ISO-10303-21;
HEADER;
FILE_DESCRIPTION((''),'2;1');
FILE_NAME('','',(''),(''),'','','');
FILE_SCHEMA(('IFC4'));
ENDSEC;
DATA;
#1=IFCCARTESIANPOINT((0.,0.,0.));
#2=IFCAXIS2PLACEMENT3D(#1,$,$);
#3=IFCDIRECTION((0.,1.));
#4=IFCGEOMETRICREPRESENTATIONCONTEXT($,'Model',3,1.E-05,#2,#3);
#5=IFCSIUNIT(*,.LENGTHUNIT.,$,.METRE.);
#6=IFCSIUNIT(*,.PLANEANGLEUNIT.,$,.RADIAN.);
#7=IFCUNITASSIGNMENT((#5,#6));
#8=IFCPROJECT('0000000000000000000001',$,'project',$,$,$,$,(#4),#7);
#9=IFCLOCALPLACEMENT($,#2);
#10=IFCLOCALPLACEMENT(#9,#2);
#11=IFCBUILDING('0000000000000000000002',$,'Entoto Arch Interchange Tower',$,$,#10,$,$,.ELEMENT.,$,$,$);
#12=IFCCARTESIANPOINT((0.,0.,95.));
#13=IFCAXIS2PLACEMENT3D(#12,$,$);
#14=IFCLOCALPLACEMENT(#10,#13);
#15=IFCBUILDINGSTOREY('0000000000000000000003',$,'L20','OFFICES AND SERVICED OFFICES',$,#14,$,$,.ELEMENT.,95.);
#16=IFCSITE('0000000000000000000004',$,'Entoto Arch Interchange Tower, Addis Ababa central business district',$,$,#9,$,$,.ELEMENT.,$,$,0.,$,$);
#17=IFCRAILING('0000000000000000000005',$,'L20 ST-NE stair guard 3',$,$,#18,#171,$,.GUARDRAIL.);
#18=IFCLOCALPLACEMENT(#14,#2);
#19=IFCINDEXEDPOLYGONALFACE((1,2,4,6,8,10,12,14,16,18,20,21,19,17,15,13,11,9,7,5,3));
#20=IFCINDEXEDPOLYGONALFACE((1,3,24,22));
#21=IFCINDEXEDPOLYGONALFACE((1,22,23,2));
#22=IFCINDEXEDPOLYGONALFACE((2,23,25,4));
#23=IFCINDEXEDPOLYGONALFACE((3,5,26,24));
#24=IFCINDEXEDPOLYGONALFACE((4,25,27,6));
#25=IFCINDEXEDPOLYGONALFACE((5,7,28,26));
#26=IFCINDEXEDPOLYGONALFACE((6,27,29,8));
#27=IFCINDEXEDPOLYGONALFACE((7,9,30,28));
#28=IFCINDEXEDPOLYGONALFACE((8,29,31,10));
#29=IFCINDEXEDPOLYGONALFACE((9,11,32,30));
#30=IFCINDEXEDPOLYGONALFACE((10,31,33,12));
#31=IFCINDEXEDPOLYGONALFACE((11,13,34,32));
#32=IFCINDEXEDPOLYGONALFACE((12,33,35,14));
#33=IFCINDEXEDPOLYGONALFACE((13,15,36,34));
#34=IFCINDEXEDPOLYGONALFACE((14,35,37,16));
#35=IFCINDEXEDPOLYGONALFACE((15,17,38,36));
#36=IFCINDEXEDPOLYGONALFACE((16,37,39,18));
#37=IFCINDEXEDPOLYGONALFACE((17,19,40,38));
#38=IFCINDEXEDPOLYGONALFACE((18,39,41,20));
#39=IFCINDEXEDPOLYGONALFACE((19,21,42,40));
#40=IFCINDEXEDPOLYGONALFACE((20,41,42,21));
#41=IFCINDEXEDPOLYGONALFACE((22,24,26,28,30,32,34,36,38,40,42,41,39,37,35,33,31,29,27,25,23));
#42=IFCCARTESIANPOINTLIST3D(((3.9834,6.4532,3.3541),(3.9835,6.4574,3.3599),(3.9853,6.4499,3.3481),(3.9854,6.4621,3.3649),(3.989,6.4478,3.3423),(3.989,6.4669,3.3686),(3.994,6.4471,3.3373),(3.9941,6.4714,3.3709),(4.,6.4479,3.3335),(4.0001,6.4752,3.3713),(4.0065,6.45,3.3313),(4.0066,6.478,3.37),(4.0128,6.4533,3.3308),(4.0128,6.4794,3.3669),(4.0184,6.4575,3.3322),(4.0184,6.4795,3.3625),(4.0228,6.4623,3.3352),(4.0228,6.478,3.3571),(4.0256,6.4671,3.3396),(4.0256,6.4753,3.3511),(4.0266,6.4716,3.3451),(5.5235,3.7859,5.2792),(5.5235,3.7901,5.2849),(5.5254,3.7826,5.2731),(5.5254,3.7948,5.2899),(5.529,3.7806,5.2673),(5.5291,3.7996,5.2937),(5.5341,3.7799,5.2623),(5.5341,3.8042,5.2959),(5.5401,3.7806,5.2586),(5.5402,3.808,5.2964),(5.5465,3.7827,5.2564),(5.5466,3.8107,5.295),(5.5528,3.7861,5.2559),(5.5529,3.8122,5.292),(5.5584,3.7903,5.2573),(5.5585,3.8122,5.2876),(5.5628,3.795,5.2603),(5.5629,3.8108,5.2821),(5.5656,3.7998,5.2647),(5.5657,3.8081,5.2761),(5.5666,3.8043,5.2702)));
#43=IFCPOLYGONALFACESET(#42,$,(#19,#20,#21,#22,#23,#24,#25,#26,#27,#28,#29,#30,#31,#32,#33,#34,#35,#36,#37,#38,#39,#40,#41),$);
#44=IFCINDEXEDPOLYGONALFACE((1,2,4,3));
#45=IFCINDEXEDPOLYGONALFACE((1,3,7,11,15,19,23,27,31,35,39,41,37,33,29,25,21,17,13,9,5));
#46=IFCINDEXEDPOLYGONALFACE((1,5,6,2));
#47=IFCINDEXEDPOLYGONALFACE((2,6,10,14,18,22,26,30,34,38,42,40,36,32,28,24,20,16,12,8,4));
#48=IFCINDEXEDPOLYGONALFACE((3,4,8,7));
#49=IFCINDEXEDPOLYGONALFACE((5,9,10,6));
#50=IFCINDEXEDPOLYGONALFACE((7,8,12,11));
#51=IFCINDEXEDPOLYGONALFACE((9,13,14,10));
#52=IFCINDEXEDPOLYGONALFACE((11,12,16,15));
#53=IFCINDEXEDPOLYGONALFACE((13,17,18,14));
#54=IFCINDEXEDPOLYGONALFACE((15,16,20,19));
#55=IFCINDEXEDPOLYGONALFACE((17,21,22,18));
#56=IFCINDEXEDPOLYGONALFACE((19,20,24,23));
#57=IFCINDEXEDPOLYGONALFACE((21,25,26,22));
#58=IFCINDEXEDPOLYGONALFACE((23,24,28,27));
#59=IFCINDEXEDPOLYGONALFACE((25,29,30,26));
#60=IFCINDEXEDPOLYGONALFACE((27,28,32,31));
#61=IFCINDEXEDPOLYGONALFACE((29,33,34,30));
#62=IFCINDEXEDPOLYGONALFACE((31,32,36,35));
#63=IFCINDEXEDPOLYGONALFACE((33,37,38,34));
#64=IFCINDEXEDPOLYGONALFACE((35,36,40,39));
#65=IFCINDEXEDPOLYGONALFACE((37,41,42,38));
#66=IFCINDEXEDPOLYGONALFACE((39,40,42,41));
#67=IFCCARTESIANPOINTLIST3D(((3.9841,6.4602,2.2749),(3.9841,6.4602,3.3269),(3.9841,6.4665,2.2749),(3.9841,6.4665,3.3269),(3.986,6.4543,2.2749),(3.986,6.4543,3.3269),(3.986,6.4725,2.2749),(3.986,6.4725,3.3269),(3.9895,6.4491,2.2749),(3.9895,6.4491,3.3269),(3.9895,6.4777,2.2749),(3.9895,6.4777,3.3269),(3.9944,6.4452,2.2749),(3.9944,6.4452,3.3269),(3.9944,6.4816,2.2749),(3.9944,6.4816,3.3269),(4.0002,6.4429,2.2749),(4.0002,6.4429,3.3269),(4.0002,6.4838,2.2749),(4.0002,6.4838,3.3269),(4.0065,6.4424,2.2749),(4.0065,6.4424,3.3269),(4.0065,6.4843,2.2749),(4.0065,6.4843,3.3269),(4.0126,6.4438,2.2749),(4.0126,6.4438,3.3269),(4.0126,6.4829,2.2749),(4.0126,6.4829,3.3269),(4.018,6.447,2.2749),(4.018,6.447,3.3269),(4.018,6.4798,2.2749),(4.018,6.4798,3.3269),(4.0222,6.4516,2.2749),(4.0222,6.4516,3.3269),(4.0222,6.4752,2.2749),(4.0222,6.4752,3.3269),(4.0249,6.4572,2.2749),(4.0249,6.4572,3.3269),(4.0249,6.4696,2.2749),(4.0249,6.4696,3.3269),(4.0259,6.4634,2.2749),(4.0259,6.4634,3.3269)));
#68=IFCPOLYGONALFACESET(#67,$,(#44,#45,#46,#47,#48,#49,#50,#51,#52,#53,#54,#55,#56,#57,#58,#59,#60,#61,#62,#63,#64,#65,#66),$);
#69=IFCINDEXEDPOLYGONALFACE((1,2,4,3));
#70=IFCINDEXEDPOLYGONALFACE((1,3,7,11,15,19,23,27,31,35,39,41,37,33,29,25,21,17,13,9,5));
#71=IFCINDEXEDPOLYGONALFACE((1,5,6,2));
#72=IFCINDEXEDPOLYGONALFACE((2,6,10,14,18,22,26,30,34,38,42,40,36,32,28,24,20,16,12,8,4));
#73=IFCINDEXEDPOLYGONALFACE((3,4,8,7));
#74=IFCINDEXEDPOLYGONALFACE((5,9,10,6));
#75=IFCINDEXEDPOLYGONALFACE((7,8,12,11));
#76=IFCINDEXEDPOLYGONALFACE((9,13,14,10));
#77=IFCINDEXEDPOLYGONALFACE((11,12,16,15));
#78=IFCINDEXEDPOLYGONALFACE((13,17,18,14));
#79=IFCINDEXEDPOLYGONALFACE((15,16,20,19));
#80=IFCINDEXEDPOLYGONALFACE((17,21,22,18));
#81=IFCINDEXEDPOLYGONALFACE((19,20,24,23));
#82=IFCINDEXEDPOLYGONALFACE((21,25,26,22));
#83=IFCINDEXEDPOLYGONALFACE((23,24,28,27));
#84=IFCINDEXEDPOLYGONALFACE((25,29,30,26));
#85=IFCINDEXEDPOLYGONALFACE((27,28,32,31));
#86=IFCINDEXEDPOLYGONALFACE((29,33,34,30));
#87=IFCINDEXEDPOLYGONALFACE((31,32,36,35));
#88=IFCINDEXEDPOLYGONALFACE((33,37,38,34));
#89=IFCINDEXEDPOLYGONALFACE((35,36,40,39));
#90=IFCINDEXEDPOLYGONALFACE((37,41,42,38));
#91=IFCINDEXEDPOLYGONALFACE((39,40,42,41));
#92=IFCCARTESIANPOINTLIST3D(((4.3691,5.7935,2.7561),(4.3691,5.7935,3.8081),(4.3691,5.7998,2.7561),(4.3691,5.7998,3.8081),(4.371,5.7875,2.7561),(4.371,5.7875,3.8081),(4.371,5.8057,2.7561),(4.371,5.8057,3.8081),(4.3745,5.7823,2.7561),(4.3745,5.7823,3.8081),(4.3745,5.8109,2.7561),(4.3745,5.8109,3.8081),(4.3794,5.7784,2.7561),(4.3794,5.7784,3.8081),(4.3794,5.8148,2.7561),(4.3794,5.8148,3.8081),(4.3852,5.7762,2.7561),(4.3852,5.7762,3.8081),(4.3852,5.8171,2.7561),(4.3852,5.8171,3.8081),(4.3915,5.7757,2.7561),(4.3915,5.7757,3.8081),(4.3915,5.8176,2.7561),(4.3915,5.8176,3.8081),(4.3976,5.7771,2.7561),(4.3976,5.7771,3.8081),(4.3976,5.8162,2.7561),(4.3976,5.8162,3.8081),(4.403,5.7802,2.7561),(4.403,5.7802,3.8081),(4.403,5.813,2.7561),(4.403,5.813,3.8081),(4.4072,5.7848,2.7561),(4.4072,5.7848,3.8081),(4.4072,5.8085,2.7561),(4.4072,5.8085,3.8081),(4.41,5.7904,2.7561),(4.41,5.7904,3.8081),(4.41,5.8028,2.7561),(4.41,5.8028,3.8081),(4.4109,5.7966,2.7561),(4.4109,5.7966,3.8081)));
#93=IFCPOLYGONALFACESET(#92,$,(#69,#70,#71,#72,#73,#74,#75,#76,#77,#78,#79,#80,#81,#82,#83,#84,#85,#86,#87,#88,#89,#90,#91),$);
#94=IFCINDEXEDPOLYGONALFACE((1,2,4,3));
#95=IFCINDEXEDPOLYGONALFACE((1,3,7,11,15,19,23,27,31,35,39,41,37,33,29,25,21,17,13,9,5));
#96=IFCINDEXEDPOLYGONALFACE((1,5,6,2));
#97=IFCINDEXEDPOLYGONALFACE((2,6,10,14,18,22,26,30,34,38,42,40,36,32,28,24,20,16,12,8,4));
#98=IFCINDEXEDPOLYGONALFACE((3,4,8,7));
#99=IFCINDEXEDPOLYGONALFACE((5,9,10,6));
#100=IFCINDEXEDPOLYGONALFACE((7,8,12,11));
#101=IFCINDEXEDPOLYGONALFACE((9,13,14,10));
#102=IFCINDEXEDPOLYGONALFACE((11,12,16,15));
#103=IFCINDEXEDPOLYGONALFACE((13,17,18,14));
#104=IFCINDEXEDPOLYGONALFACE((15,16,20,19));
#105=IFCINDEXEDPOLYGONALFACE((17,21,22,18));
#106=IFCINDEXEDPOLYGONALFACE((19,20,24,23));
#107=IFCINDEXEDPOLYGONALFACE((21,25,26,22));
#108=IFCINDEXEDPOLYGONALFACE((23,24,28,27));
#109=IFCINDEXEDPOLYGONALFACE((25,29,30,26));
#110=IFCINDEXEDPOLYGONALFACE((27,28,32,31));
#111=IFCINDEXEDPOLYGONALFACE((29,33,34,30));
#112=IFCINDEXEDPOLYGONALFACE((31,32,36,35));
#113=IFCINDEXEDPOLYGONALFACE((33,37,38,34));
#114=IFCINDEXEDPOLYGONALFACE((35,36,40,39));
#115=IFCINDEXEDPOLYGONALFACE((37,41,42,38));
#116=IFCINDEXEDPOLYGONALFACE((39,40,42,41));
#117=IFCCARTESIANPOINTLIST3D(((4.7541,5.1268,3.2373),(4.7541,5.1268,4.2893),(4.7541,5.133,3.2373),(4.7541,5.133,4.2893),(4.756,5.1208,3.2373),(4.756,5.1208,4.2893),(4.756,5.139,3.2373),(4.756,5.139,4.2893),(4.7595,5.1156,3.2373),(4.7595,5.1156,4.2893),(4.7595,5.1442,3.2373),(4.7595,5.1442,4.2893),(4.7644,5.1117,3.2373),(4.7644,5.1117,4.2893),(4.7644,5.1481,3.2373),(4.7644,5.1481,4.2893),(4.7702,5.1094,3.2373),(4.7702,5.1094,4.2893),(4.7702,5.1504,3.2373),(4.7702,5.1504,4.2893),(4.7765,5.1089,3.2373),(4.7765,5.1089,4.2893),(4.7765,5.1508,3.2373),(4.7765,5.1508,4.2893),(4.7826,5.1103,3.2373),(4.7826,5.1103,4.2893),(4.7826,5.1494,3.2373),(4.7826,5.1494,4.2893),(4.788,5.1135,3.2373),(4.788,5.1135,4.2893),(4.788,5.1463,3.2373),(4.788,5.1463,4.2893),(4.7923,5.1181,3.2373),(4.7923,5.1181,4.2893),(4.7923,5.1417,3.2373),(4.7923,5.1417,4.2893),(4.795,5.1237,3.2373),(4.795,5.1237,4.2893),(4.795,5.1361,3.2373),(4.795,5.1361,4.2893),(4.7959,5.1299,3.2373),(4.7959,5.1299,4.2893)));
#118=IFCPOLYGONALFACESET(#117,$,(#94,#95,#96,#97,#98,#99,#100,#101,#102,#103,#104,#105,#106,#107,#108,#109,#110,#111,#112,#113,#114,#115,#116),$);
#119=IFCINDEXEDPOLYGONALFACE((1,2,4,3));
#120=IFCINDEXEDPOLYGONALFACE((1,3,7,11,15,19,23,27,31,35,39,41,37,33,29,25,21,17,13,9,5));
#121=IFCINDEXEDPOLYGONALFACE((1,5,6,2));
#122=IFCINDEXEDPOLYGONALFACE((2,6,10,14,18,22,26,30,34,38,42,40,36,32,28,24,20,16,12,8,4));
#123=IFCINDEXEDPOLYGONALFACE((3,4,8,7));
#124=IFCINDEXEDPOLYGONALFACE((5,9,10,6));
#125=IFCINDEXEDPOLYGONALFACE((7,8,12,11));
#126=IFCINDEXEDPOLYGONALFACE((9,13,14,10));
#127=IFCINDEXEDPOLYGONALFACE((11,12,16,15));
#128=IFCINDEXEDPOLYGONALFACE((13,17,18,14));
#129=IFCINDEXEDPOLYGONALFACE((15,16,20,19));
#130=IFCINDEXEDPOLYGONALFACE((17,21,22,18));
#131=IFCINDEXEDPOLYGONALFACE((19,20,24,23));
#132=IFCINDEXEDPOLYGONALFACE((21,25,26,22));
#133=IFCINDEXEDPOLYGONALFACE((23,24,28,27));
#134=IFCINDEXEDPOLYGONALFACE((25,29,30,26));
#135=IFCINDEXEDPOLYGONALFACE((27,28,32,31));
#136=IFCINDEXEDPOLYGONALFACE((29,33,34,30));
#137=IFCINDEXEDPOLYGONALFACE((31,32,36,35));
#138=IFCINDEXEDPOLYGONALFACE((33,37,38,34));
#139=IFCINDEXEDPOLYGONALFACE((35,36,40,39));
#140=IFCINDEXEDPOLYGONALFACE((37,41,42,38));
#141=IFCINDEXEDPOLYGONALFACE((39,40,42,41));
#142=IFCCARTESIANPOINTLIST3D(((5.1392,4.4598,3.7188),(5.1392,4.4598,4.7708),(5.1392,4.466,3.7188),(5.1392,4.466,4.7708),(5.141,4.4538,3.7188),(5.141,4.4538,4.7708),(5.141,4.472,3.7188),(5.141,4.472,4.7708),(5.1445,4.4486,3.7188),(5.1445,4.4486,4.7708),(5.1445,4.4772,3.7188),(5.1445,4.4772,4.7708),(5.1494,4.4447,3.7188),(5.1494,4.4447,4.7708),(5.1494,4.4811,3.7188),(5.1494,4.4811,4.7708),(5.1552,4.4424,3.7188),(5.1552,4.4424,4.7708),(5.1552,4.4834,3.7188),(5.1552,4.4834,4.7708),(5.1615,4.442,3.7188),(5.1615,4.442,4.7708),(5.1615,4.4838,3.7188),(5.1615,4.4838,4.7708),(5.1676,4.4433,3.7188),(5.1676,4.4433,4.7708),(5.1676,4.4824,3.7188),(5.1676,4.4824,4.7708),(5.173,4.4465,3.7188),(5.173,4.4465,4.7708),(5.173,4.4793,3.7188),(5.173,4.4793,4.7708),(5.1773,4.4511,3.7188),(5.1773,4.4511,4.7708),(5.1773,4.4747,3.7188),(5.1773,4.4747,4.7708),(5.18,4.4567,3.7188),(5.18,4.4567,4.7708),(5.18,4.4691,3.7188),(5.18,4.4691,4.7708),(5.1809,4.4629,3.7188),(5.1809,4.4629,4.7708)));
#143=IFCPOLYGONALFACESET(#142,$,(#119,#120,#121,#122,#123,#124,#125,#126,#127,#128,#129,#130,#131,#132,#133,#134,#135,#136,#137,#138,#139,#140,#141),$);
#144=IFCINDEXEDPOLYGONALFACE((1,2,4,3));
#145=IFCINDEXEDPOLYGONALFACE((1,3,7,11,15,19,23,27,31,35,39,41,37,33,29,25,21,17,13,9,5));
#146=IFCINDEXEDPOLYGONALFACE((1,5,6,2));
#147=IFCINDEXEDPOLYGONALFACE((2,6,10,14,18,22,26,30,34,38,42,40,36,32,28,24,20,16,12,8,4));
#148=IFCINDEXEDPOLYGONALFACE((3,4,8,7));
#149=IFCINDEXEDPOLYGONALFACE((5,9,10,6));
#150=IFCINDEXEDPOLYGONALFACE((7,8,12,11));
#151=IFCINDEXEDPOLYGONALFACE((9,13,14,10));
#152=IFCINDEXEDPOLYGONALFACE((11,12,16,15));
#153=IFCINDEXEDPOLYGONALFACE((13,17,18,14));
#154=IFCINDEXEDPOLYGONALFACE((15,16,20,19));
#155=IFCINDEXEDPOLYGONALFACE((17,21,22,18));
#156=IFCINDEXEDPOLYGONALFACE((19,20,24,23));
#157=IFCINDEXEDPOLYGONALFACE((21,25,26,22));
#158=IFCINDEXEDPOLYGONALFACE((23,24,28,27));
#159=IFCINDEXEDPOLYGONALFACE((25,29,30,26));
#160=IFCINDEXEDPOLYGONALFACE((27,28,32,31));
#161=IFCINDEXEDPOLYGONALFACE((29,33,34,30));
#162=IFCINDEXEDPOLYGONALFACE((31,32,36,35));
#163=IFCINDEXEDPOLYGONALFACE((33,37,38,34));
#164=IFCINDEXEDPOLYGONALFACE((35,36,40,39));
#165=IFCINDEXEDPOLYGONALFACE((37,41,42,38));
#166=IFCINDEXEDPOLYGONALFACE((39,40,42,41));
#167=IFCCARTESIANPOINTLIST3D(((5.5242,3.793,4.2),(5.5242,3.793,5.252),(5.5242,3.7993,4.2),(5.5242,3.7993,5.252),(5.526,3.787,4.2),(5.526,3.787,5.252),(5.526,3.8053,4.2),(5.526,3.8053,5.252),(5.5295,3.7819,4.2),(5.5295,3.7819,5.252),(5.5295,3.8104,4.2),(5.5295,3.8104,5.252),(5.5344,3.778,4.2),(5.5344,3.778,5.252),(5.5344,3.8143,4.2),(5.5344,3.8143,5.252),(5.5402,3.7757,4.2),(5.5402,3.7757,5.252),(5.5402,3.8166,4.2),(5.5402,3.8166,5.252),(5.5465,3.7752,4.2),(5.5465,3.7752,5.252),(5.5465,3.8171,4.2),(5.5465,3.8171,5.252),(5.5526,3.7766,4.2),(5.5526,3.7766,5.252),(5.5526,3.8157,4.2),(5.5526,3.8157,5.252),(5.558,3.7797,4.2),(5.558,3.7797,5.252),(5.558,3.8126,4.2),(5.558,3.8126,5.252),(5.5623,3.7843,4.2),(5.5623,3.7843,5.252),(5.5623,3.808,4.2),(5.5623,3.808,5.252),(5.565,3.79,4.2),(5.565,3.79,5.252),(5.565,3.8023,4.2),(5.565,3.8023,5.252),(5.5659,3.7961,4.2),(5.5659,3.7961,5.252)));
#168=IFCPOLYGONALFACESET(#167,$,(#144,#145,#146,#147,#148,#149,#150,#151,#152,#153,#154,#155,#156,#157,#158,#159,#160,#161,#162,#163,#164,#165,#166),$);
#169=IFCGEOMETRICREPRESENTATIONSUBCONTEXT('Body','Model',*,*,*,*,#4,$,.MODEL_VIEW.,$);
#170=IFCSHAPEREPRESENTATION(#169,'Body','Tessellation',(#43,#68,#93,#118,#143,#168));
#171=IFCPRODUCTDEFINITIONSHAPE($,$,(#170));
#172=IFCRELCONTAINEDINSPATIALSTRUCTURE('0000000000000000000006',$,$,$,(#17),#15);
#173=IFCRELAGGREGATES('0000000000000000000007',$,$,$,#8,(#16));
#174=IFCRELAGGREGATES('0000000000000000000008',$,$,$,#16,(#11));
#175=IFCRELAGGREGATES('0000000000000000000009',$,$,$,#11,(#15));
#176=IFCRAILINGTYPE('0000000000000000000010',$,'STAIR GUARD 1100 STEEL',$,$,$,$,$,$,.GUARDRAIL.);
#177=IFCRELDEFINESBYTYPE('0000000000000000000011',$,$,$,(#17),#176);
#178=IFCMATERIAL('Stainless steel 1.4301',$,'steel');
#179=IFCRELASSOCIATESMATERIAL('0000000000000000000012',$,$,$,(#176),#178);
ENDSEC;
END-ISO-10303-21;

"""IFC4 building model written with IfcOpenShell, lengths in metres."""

from ifc_helpers import new_model, si_unit, direction, frame, origin, origin_2d, place, context, subcontext, project, spatial, circle, extrude, material, type_object, element, save


model = new_model("IFC4")

# Units and contexts
model_context = context("Model", 3, precision=1e-05, world=origin(), true_north=direction((0.0, 1.0)))
body_context = subcontext(model_context, "Body", "Model", "MODEL_VIEW")
ifc_project = project(units=[si_unit("LENGTHUNIT", "METRE"), si_unit("PLANEANGLEUNIT", "RADIAN")], contexts=[model_context])

# Site, building, storey
site_placement = place(None, origin())
site = spatial("IfcSite", under=ifc_project, at=site_placement, Name="Entoto Arch Interchange Tower, Addis Ababa central business district", CompositionType="ELEMENT", RefElevation=0.0)
building_placement = place(site_placement, origin())
building = spatial("IfcBuilding", under=site, at=building_placement, Name="Entoto Arch Interchange Tower", CompositionType="ELEMENT")
storey_placement = place(building_placement, frame((0.0, 0.0, 95.0)))
storey = spatial("IfcBuildingStorey", under=building, at=storey_placement, Name="L20", Description="OFFICES AND SERVICED OFFICES", CompositionType="ELEMENT", Elevation=95.0)

# Railing
ifc_material_1 = material(Name="Stainless steel 1.4301", Category="steel")
railing_type_1 = type_object("IfcRailingType", Name="STAIR GUARD 1100 STEEL", PredefinedType="GUARDRAIL", material=ifc_material_1)
railing_1_placement = place(storey_placement, frame((4.0049, 6.4634, 2.2749)))
element("IfcRailing", 1, at=railing_1_placement, inside=storey, type_object=railing_type_1, Name="L20 ST-NE stair guard 3", PredefinedType="GUARDRAIL", context=body_context, shape_type="SweptSolid", body=[
    extrude(circle(Radius=0.0239, at=origin_2d()), frame((0.0, 0.0, 1.0762), z_axis=(0.424015, -0.734364, 0.530019), x_axis=(0.86601, 0.500027, 0.0)), (0.0, 0.0, 1.0), 3.6321),
    extrude(circle(Radius=0.021, at=origin_2d()), origin(), (0.0, 0.0, 1.0), 1.052),
    extrude(circle(Radius=0.021, at=origin_2d()), frame((0.385, -0.6667, 0.4812)), (0.0, 0.0, 1.0), 1.052),
    extrude(circle(Radius=0.021, at=origin_2d()), frame((0.77, -1.3335, 0.9624)), (0.0, 0.0, 1.0), 1.052),
    extrude(circle(Radius=0.021, at=origin_2d()), frame((1.155, -2.0005, 1.4438)), (0.0, 0.0, 1.0), 1.052),
    extrude(circle(Radius=0.021, at=origin_2d()), frame((1.54, -2.6672, 1.925)), (0.0, 0.0, 1.0), 1.052),
])

save(model, "model.ifc")
